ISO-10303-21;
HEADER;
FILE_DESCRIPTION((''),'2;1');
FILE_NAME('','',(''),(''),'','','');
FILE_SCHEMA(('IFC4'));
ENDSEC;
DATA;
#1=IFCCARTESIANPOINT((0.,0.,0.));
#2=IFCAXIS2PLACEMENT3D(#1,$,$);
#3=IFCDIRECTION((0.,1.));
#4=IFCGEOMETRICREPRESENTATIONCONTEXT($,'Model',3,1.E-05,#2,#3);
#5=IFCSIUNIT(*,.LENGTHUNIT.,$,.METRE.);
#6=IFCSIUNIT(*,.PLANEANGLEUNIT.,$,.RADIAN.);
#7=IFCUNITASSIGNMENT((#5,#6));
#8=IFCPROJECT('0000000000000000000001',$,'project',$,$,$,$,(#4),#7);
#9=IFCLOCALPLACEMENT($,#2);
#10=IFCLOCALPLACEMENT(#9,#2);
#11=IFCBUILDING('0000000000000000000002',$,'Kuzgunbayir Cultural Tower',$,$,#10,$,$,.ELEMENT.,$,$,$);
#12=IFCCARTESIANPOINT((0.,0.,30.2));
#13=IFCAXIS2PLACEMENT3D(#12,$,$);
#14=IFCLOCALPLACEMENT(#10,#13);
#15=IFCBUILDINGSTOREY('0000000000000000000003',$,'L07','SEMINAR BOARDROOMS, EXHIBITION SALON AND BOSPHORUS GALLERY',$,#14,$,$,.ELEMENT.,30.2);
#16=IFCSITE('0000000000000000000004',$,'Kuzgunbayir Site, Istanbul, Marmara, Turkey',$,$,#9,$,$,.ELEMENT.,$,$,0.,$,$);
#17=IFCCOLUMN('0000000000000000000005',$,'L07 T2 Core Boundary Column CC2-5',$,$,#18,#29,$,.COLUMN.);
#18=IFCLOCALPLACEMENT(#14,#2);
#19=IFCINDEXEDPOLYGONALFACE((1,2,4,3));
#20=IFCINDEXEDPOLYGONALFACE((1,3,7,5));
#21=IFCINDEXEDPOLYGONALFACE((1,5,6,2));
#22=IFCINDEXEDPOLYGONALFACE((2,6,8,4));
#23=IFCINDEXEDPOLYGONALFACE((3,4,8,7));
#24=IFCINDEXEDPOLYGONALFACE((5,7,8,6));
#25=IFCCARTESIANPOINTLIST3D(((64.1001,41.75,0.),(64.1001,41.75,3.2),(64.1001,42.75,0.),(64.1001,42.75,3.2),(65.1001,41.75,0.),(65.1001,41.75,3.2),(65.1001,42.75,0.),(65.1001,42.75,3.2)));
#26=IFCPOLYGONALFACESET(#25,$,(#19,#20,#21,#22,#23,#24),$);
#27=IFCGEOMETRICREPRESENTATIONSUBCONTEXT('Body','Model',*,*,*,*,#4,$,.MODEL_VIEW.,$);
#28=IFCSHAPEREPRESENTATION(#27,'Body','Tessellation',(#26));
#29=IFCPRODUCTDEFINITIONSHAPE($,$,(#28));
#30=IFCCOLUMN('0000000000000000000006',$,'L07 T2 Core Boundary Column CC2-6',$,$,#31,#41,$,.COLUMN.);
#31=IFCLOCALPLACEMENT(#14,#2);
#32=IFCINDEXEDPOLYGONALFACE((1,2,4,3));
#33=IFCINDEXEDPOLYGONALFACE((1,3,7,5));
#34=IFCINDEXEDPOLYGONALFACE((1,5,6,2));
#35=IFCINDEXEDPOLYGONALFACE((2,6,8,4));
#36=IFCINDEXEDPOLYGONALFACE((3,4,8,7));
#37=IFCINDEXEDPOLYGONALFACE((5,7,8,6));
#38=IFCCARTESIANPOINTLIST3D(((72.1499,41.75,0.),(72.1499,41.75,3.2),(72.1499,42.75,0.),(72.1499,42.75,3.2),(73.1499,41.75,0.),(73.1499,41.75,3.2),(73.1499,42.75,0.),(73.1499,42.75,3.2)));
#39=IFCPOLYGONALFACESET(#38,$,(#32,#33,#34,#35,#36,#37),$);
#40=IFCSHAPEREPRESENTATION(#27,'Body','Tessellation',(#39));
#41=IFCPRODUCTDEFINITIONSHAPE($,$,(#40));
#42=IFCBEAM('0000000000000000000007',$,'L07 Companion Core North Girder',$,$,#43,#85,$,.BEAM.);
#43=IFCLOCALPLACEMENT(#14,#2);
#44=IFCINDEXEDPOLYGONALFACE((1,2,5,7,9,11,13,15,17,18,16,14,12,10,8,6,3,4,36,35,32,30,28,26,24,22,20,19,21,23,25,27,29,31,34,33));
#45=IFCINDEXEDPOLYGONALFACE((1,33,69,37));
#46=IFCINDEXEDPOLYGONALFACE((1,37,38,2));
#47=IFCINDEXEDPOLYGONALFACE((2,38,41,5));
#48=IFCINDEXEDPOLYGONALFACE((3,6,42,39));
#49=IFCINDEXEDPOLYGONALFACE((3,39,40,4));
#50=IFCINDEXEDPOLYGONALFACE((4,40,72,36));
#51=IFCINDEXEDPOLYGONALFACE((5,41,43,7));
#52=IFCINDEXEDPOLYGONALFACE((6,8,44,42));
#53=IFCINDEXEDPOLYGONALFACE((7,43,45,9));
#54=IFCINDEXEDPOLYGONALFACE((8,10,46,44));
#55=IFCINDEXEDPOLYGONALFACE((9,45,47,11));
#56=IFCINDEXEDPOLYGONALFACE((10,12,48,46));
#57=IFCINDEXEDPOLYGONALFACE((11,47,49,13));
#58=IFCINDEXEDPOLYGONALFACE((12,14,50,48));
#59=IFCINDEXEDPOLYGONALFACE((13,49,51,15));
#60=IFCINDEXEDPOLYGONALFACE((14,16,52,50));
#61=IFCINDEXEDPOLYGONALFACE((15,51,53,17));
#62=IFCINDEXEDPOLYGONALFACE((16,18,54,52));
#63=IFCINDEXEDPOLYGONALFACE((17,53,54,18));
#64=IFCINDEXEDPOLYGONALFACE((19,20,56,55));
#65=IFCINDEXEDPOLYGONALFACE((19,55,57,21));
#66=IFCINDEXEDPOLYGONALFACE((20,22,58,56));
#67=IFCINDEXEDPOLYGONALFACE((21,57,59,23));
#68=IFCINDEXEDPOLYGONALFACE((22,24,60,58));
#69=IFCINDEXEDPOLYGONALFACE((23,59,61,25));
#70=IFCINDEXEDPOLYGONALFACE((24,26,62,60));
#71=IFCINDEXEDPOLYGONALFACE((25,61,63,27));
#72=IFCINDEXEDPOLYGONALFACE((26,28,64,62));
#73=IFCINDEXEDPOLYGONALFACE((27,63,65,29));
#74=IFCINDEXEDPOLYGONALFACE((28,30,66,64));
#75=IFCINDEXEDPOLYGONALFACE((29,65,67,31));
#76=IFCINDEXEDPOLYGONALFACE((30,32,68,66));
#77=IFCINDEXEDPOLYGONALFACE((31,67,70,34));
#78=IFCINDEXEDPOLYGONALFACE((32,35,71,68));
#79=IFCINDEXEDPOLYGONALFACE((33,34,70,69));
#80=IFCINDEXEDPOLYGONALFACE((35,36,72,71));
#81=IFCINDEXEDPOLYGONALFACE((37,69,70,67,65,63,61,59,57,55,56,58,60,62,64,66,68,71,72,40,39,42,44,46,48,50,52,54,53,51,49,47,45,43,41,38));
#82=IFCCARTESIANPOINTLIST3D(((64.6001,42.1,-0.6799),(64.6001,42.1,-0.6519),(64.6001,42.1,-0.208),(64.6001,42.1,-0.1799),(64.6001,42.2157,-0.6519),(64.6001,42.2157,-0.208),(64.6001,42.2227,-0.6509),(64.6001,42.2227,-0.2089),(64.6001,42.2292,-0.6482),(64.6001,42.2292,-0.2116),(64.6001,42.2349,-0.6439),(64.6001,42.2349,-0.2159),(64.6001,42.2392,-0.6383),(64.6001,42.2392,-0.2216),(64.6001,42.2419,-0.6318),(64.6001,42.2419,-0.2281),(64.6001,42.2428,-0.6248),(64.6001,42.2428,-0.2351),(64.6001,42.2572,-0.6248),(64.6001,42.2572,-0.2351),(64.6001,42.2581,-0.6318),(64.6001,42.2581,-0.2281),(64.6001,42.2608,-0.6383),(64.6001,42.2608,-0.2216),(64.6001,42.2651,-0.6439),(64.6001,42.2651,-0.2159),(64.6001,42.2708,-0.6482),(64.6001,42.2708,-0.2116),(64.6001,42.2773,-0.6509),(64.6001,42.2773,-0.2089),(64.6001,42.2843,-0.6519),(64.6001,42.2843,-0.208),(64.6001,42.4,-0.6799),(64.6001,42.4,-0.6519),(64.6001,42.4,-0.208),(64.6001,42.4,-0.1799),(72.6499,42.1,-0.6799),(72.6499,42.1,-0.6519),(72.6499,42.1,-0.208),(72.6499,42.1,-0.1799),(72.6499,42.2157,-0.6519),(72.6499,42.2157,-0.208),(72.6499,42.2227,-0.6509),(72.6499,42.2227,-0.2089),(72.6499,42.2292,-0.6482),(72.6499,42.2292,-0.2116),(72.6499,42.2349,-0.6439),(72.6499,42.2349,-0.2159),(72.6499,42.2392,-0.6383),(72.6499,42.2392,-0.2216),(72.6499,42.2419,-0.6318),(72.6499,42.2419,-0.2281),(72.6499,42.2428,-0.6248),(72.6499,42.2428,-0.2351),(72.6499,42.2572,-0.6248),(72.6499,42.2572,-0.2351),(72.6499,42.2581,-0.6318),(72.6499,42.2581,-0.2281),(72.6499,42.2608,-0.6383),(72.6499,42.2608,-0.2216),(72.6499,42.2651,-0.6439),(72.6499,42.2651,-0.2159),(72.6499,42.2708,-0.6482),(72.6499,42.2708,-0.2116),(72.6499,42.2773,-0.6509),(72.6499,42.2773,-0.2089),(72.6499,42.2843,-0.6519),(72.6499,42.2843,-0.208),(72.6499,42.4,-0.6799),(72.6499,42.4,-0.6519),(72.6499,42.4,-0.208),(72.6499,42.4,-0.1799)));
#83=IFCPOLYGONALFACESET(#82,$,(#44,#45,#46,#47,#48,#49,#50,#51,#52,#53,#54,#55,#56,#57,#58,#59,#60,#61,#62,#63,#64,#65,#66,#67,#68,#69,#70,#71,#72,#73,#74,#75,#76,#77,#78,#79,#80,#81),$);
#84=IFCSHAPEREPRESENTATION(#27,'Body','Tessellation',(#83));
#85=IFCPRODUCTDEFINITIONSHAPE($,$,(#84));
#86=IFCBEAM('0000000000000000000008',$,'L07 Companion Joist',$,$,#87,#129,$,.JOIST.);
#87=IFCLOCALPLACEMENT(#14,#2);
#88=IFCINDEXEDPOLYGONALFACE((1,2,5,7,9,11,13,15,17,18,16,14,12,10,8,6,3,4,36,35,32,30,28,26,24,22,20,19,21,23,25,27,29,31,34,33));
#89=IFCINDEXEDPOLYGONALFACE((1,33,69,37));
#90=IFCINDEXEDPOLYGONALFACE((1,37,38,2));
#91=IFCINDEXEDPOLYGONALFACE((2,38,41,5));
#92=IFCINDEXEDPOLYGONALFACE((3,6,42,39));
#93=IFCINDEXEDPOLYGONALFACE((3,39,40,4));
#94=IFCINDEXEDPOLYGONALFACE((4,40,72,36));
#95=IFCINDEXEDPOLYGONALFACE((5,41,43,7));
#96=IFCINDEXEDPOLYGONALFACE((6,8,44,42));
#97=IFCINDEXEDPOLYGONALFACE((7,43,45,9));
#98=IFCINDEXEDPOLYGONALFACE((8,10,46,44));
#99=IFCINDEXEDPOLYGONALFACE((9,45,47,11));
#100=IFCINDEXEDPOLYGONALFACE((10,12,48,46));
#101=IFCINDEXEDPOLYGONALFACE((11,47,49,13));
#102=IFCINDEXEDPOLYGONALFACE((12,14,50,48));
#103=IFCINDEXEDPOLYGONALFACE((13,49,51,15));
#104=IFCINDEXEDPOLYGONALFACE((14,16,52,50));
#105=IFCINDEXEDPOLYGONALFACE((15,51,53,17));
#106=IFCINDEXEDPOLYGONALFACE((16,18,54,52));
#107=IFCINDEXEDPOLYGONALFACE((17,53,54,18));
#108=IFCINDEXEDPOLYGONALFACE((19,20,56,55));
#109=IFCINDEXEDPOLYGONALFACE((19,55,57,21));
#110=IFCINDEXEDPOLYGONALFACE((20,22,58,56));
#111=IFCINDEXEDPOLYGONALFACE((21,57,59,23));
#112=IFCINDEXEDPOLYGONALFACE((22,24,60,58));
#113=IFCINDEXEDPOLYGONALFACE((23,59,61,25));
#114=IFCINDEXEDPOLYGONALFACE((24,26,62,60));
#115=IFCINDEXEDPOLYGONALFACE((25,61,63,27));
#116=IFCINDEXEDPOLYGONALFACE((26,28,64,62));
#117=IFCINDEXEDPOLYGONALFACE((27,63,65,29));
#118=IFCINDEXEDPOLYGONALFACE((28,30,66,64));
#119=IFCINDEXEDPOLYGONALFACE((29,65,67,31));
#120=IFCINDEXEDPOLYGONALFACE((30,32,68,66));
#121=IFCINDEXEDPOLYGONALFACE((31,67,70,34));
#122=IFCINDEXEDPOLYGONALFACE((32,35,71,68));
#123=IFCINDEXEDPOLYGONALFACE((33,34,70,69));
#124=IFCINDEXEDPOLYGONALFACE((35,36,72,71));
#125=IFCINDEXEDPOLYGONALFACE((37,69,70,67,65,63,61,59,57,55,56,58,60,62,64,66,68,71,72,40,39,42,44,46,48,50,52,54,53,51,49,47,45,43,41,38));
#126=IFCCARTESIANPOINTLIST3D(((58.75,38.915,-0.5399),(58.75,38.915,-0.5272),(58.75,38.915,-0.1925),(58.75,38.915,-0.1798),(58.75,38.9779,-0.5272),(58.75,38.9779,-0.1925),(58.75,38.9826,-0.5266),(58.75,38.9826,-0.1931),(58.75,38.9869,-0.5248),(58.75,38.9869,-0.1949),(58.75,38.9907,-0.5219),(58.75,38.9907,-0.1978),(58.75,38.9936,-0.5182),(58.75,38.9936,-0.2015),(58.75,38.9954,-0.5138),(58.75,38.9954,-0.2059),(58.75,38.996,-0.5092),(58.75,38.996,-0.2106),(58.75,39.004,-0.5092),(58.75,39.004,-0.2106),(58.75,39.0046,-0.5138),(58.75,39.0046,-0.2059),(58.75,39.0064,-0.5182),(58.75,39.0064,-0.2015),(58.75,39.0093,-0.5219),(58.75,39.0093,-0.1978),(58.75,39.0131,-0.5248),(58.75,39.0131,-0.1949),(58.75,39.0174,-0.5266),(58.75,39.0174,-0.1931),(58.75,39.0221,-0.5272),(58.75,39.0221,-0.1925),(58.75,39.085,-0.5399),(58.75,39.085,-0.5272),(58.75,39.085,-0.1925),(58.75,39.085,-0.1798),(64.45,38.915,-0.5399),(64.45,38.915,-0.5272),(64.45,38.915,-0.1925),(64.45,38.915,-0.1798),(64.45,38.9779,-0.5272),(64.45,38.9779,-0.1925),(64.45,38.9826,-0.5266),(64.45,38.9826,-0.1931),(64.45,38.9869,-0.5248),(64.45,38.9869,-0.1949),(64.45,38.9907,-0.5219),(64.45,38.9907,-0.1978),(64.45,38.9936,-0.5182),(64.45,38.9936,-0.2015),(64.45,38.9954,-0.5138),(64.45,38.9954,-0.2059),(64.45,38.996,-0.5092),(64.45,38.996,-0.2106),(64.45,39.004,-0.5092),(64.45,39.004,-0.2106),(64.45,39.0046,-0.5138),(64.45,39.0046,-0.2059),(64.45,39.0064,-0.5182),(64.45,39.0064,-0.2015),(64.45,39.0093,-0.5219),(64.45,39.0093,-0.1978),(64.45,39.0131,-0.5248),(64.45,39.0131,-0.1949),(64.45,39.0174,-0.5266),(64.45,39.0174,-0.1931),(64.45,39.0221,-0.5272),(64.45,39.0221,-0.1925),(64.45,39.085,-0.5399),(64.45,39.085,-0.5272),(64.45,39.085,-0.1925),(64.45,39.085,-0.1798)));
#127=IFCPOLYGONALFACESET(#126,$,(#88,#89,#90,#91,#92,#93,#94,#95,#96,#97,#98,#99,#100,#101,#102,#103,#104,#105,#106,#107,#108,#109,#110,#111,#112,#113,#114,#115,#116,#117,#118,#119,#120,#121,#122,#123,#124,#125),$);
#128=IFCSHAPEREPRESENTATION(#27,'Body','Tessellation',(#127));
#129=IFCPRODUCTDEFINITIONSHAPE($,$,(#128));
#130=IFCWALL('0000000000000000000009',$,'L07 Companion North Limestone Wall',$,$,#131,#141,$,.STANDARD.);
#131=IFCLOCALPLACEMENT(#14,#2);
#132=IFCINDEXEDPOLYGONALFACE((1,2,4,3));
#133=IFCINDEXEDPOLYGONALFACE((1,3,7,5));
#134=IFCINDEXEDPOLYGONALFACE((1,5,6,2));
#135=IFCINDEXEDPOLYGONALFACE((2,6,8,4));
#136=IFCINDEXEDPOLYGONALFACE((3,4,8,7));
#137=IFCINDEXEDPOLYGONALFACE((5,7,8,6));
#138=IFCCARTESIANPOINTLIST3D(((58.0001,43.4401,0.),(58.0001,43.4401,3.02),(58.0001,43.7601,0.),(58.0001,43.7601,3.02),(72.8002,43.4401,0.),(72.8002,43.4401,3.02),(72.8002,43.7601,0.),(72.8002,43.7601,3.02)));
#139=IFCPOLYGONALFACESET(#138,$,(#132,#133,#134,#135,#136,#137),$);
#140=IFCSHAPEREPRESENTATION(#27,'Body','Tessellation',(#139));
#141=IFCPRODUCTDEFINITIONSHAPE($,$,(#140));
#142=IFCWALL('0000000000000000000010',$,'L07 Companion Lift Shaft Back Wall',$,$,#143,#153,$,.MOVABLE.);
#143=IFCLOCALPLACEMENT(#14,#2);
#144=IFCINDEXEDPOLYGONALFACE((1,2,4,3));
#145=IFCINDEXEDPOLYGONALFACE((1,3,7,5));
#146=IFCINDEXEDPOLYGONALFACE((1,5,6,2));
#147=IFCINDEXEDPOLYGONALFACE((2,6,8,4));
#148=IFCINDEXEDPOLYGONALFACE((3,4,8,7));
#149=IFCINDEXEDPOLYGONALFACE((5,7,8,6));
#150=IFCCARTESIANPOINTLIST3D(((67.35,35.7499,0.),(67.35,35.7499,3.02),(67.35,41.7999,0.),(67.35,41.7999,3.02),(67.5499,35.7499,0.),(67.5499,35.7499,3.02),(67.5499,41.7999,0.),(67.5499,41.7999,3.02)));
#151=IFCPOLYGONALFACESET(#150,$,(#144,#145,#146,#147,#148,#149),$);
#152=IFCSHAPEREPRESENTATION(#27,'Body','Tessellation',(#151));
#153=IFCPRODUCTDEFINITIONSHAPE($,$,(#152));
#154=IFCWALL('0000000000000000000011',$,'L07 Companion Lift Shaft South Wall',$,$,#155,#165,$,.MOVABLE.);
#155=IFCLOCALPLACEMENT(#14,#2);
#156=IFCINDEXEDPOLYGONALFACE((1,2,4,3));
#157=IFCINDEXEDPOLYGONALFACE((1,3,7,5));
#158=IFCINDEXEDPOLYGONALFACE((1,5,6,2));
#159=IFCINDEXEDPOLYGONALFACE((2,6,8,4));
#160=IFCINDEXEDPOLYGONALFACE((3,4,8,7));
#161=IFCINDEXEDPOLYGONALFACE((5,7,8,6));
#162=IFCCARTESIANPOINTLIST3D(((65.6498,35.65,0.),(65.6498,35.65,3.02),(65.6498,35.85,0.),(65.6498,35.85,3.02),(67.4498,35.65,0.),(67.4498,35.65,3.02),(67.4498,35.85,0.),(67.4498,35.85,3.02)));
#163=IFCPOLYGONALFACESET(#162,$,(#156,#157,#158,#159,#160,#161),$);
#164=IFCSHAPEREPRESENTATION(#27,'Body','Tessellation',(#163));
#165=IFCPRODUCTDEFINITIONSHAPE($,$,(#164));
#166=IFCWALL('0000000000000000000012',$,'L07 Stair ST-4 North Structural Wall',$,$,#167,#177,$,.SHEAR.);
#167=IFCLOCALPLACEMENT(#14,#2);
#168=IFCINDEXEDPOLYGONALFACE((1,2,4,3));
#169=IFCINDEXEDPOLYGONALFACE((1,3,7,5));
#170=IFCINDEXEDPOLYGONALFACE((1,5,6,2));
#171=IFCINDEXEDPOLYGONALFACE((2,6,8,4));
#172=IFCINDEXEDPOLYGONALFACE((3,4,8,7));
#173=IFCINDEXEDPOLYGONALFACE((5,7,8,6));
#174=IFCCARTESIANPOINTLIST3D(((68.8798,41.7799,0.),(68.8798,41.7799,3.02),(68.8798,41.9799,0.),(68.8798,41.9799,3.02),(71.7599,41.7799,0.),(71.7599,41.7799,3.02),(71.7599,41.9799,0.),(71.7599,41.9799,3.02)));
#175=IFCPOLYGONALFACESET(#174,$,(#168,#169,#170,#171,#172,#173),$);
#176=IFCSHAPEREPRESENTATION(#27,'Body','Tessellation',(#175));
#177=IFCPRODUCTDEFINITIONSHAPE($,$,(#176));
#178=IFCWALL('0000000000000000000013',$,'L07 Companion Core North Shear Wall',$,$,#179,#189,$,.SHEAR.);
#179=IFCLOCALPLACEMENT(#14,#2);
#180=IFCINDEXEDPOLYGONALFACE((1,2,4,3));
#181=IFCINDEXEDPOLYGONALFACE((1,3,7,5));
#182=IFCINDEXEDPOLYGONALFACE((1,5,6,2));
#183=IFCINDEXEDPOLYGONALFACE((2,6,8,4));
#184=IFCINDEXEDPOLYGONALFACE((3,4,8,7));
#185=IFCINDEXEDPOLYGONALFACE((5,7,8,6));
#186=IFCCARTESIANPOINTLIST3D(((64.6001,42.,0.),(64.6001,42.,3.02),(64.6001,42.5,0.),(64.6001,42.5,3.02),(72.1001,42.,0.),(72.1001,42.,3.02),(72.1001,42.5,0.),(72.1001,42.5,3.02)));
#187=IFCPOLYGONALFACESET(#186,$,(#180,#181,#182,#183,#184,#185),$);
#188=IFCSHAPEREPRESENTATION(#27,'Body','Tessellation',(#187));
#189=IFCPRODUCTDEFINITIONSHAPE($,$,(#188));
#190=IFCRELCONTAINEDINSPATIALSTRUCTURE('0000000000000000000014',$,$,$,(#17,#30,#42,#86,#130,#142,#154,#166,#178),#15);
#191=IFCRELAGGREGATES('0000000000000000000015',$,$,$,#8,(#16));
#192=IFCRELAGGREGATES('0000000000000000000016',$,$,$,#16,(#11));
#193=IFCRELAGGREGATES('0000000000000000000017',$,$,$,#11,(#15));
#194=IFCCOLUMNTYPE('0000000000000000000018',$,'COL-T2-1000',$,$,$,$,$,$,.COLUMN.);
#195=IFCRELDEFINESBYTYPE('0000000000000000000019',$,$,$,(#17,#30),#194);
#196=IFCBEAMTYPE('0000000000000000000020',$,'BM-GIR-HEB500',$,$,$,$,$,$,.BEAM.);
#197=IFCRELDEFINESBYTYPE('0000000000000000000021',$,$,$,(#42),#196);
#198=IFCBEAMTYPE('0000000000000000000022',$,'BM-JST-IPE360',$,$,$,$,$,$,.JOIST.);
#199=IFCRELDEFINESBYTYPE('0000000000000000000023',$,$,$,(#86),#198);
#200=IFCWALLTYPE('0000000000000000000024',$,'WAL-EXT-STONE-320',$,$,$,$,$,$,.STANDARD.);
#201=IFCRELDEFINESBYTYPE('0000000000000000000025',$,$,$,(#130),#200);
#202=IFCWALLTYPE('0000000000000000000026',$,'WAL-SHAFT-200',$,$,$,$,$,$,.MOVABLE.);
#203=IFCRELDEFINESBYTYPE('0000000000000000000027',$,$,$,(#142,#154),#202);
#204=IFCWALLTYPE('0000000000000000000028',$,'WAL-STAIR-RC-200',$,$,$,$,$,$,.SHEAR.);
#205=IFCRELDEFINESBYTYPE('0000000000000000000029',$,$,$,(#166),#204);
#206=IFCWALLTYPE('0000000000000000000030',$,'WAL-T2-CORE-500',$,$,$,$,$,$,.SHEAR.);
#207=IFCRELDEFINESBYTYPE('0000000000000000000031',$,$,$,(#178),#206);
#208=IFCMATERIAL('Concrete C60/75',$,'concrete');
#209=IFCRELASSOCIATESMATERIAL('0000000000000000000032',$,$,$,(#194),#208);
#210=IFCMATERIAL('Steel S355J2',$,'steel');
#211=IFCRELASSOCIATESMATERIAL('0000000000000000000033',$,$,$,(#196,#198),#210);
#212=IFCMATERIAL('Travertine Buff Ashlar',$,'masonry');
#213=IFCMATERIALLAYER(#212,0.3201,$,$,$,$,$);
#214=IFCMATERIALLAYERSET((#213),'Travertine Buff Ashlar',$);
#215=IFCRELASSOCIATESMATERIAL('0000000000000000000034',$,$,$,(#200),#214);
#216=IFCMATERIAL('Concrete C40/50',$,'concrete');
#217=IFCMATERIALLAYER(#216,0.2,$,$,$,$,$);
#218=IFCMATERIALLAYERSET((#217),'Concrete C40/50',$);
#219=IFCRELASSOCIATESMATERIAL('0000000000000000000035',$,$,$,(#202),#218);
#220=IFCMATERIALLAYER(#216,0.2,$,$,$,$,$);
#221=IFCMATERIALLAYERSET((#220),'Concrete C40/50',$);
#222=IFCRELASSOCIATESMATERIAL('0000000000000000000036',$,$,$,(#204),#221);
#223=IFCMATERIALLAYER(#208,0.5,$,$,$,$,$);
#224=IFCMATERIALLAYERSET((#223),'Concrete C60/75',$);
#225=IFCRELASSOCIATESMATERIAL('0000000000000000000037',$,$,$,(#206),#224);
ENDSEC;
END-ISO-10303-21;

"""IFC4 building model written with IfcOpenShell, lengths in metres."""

from ifc_helpers import new_model, si_unit, direction, frame, frame_2d, origin, origin_2d, place, context, subcontext, project, spatial, rectangle, i_section, extrude, material, layer, layer_set, material_profile, profile_set, type_object, element, save


model = new_model("IFC4")

# Units and contexts
model_context = context("Model", 3, precision=1e-05, world=origin(), true_north=direction((0.0, 1.0)))
body_context = subcontext(model_context, "Body", "Model", "MODEL_VIEW")
ifc_project = project(units=[si_unit("LENGTHUNIT", "METRE"), si_unit("PLANEANGLEUNIT", "RADIAN")], contexts=[model_context])

# Site, building, storey
site_placement = place(None, origin())
site = spatial("IfcSite", under=ifc_project, at=site_placement, Name="Kuzgunbayir Site, Istanbul, Marmara, Turkey", CompositionType="ELEMENT", RefElevation=0.0)
building_placement = place(site_placement, origin())
building = spatial("IfcBuilding", under=site, at=building_placement, Name="Kuzgunbayir Cultural Tower", CompositionType="ELEMENT")
storey_placement = place(building_placement, frame((0.0, 0.0, 30.2)))
storey = spatial("IfcBuildingStorey", under=building, at=storey_placement, Name="L07", Description="SEMINAR BOARDROOMS, EXHIBITION SALON AND BOSPHORUS GALLERY", CompositionType="ELEMENT", Elevation=30.2)

# Columns
ifc_material_1 = material(Name="Concrete C60/75", Category="concrete")
ifc_material_profile_1 = material_profile(ifc_material_1, rectangle(XDim=1.0, YDim=1.0, at=origin_2d()), Name="RC 1000x1000")
ifc_profile_set_1 = profile_set([ifc_material_profile_1], Name="Concrete C60/75")
column_type = type_object("IfcColumnType", Name="COL-T2-1000", PredefinedType="COLUMN", material=ifc_profile_set_1)
for number, where, z_axis, x_axis, name in (
    (1, (64.6001, 42.25, 0.0), (0.0, 0.0, 1.0), (1.0, 0.0, 0.0), "L07 T2 Core Boundary Column CC2-5"),
    (2, (72.6499, 42.25, 0.0), (0.0, 0.0, 1.0), (1.0, 0.0, 0.0), "L07 T2 Core Boundary Column CC2-6"),
):
    element("IfcColumn", number, at=place(storey_placement, frame(where, z_axis=z_axis, x_axis=x_axis)), inside=storey, type_object=column_type, Name=name, PredefinedType="COLUMN", context=body_context, shape_type="SweptSolid", body=[
        extrude(rectangle(XDim=1.0, YDim=1.0, at=origin_2d()), origin(), (0.0, 0.0, 1.0), 3.2),
    ])

# Beams
ifc_material_2 = material(Name="Steel S355J2", Category="steel")
ifc_material_profile_2 = material_profile(ifc_material_2, i_section(OverallWidth=0.3, OverallDepth=0.5, WebThickness=0.0144, FlangeThickness=0.0281, FilletRadius=0.0271, at=origin_2d()), Name="HEB 500")
ifc_profile_set_2 = profile_set([ifc_material_profile_2], Name="Steel S355J2")
beam_type_1 = type_object("IfcBeamType", Name="BM-GIR-HEB500", PredefinedType="BEAM", material=ifc_profile_set_2)
beam_1_placement = place(storey_placement, frame((64.6001, 42.25, -0.4299), z_axis=(1.0, 0.0, 0.0), x_axis=(0.0, 1.0, 0.0)))
element("IfcBeam", 3, at=beam_1_placement, inside=storey, type_object=beam_type_1, Name="L07 Companion Core North Girder", PredefinedType="BEAM", context=body_context, shape_type="SweptSolid", body=[
    extrude(i_section(OverallWidth=0.3, OverallDepth=0.5, WebThickness=0.0144, FlangeThickness=0.0281, FilletRadius=0.0271, at=origin_2d()), origin(), (0.0, 0.0, 1.0), 8.0498),
])
ifc_material_profile_3 = material_profile(ifc_material_2, i_section(OverallWidth=0.1699, OverallDepth=0.3601, WebThickness=0.0081, FlangeThickness=0.0127, FilletRadius=0.0181, at=origin_2d()), Name="IPE 360")
ifc_profile_set_3 = profile_set([ifc_material_profile_3], Name="Steel S355J2")
beam_type_2 = type_object("IfcBeamType", Name="BM-JST-IPE360", PredefinedType="JOIST", material=ifc_profile_set_3)
beam_2_placement = place(storey_placement, frame((58.75, 39.0, -0.3599), z_axis=(1.0, 0.0, 0.0), x_axis=(0.0, 1.0, 0.0)))
element("IfcBeam", 4, at=beam_2_placement, inside=storey, type_object=beam_type_2, Name="L07 Companion Joist", PredefinedType="JOIST", context=body_context, shape_type="SweptSolid", body=[
    extrude(i_section(OverallWidth=0.1699, OverallDepth=0.3601, WebThickness=0.0081, FlangeThickness=0.0127, FilletRadius=0.0181, at=origin_2d()), origin(), (0.0, 0.0, 1.0), 5.7),
])

# Wall
ifc_material_3 = material(Name="Travertine Buff Ashlar", Category="masonry")
ifc_layer_1 = layer(ifc_material_3, 0.3201)
ifc_layer_set_1 = layer_set([ifc_layer_1], Name="Travertine Buff Ashlar")
wall_type_1 = type_object("IfcWallType", Name="WAL-EXT-STONE-320", PredefinedType="STANDARD", material=ifc_layer_set_1)
wall_1_placement = place(storey_placement, frame((72.8, 43.6001, 0.0), z_axis=(0.0, 0.0, 1.0), x_axis=(-1.0, 0.0, 0.0)))
element("IfcWall", 5, at=wall_1_placement, inside=storey, type_object=wall_type_1, Name="L07 Companion North Limestone Wall", PredefinedType="STANDARD", context=body_context, shape_type="SweptSolid", body=[
    extrude(rectangle(XDim=14.8, YDim=0.3201, at=frame_2d((7.3999, 0.0))), origin(), (0.0, 0.0, 1.0), 3.02),
])

# Shared definitions
ifc_material_4 = material(Name="Concrete C40/50", Category="concrete")
ifc_layer_2 = layer(ifc_material_4, 0.2)
ifc_layer_set_2 = layer_set([ifc_layer_2], Name="Concrete C40/50")
wall_type_2 = type_object("IfcWallType", Name="WAL-SHAFT-200", PredefinedType="MOVABLE", material=ifc_layer_set_2)

# Walls
wall_2_placement = place(storey_placement, frame((67.45, 35.75, 0.0), z_axis=(0.0, 0.0, 1.0), x_axis=(0.0, 1.0, 0.0)))
element("IfcWall", 6, at=wall_2_placement, inside=storey, type_object=wall_type_2, Name="L07 Companion Lift Shaft Back Wall", PredefinedType="MOVABLE", context=body_context, shape_type="SweptSolid", body=[
    extrude(rectangle(XDim=6.05, YDim=0.2, at=frame_2d((3.0249, 0.0))), origin(), (0.0, 0.0, 1.0), 3.02),
])
wall_3_placement = place(storey_placement, frame((65.6499, 35.75, 0.0), z_axis=(0.0, 0.0, 1.0), x_axis=(1.0, 0.0, 0.0)))
element("IfcWall", 7, at=wall_3_placement, inside=storey, type_object=wall_type_2, Name="L07 Companion Lift Shaft South Wall", PredefinedType="MOVABLE", context=body_context, shape_type="SweptSolid", body=[
    extrude(rectangle(XDim=1.8, YDim=0.2, at=frame_2d((0.8999, 0.0))), origin(), (0.0, 0.0, 1.0), 3.02),
])
ifc_layer_3 = layer(ifc_material_4, 0.2)
ifc_layer_set_3 = layer_set([ifc_layer_3], Name="Concrete C40/50")
wall_type_3 = type_object("IfcWallType", Name="WAL-STAIR-RC-200", PredefinedType="SHEAR", material=ifc_layer_set_3)
wall_4_placement = place(storey_placement, frame((68.8799, 41.8799, 0.0), z_axis=(0.0, 0.0, 1.0), x_axis=(1.0, 0.0, 0.0)))
element("IfcWall", 8, at=wall_4_placement, inside=storey, type_object=wall_type_3, Name="L07 Stair ST-4 North Structural Wall", PredefinedType="SHEAR", context=body_context, shape_type="SweptSolid", body=[
    extrude(rectangle(XDim=2.8801, YDim=0.2, at=frame_2d((1.4399, 0.0))), origin(), (0.0, 0.0, 1.0), 3.02),
])
ifc_layer_4 = layer(ifc_material_1, 0.5)
ifc_layer_set_4 = layer_set([ifc_layer_4], Name="Concrete C60/75")
wall_type_4 = type_object("IfcWallType", Name="WAL-T2-CORE-500", PredefinedType="SHEAR", material=ifc_layer_set_4)
wall_5_placement = place(storey_placement, frame((64.6001, 42.25, 0.0), z_axis=(0.0, 0.0, 1.0), x_axis=(1.0, 0.0, 0.0)))
element("IfcWall", 9, at=wall_5_placement, inside=storey, type_object=wall_type_4, Name="L07 Companion Core North Shear Wall", PredefinedType="SHEAR", context=body_context, shape_type="SweptSolid", body=[
    extrude(rectangle(XDim=7.5, YDim=0.5, at=frame_2d((3.75, 0.0))), origin(), (0.0, 0.0, 1.0), 3.02),
])

save(model, "model.ifc")
